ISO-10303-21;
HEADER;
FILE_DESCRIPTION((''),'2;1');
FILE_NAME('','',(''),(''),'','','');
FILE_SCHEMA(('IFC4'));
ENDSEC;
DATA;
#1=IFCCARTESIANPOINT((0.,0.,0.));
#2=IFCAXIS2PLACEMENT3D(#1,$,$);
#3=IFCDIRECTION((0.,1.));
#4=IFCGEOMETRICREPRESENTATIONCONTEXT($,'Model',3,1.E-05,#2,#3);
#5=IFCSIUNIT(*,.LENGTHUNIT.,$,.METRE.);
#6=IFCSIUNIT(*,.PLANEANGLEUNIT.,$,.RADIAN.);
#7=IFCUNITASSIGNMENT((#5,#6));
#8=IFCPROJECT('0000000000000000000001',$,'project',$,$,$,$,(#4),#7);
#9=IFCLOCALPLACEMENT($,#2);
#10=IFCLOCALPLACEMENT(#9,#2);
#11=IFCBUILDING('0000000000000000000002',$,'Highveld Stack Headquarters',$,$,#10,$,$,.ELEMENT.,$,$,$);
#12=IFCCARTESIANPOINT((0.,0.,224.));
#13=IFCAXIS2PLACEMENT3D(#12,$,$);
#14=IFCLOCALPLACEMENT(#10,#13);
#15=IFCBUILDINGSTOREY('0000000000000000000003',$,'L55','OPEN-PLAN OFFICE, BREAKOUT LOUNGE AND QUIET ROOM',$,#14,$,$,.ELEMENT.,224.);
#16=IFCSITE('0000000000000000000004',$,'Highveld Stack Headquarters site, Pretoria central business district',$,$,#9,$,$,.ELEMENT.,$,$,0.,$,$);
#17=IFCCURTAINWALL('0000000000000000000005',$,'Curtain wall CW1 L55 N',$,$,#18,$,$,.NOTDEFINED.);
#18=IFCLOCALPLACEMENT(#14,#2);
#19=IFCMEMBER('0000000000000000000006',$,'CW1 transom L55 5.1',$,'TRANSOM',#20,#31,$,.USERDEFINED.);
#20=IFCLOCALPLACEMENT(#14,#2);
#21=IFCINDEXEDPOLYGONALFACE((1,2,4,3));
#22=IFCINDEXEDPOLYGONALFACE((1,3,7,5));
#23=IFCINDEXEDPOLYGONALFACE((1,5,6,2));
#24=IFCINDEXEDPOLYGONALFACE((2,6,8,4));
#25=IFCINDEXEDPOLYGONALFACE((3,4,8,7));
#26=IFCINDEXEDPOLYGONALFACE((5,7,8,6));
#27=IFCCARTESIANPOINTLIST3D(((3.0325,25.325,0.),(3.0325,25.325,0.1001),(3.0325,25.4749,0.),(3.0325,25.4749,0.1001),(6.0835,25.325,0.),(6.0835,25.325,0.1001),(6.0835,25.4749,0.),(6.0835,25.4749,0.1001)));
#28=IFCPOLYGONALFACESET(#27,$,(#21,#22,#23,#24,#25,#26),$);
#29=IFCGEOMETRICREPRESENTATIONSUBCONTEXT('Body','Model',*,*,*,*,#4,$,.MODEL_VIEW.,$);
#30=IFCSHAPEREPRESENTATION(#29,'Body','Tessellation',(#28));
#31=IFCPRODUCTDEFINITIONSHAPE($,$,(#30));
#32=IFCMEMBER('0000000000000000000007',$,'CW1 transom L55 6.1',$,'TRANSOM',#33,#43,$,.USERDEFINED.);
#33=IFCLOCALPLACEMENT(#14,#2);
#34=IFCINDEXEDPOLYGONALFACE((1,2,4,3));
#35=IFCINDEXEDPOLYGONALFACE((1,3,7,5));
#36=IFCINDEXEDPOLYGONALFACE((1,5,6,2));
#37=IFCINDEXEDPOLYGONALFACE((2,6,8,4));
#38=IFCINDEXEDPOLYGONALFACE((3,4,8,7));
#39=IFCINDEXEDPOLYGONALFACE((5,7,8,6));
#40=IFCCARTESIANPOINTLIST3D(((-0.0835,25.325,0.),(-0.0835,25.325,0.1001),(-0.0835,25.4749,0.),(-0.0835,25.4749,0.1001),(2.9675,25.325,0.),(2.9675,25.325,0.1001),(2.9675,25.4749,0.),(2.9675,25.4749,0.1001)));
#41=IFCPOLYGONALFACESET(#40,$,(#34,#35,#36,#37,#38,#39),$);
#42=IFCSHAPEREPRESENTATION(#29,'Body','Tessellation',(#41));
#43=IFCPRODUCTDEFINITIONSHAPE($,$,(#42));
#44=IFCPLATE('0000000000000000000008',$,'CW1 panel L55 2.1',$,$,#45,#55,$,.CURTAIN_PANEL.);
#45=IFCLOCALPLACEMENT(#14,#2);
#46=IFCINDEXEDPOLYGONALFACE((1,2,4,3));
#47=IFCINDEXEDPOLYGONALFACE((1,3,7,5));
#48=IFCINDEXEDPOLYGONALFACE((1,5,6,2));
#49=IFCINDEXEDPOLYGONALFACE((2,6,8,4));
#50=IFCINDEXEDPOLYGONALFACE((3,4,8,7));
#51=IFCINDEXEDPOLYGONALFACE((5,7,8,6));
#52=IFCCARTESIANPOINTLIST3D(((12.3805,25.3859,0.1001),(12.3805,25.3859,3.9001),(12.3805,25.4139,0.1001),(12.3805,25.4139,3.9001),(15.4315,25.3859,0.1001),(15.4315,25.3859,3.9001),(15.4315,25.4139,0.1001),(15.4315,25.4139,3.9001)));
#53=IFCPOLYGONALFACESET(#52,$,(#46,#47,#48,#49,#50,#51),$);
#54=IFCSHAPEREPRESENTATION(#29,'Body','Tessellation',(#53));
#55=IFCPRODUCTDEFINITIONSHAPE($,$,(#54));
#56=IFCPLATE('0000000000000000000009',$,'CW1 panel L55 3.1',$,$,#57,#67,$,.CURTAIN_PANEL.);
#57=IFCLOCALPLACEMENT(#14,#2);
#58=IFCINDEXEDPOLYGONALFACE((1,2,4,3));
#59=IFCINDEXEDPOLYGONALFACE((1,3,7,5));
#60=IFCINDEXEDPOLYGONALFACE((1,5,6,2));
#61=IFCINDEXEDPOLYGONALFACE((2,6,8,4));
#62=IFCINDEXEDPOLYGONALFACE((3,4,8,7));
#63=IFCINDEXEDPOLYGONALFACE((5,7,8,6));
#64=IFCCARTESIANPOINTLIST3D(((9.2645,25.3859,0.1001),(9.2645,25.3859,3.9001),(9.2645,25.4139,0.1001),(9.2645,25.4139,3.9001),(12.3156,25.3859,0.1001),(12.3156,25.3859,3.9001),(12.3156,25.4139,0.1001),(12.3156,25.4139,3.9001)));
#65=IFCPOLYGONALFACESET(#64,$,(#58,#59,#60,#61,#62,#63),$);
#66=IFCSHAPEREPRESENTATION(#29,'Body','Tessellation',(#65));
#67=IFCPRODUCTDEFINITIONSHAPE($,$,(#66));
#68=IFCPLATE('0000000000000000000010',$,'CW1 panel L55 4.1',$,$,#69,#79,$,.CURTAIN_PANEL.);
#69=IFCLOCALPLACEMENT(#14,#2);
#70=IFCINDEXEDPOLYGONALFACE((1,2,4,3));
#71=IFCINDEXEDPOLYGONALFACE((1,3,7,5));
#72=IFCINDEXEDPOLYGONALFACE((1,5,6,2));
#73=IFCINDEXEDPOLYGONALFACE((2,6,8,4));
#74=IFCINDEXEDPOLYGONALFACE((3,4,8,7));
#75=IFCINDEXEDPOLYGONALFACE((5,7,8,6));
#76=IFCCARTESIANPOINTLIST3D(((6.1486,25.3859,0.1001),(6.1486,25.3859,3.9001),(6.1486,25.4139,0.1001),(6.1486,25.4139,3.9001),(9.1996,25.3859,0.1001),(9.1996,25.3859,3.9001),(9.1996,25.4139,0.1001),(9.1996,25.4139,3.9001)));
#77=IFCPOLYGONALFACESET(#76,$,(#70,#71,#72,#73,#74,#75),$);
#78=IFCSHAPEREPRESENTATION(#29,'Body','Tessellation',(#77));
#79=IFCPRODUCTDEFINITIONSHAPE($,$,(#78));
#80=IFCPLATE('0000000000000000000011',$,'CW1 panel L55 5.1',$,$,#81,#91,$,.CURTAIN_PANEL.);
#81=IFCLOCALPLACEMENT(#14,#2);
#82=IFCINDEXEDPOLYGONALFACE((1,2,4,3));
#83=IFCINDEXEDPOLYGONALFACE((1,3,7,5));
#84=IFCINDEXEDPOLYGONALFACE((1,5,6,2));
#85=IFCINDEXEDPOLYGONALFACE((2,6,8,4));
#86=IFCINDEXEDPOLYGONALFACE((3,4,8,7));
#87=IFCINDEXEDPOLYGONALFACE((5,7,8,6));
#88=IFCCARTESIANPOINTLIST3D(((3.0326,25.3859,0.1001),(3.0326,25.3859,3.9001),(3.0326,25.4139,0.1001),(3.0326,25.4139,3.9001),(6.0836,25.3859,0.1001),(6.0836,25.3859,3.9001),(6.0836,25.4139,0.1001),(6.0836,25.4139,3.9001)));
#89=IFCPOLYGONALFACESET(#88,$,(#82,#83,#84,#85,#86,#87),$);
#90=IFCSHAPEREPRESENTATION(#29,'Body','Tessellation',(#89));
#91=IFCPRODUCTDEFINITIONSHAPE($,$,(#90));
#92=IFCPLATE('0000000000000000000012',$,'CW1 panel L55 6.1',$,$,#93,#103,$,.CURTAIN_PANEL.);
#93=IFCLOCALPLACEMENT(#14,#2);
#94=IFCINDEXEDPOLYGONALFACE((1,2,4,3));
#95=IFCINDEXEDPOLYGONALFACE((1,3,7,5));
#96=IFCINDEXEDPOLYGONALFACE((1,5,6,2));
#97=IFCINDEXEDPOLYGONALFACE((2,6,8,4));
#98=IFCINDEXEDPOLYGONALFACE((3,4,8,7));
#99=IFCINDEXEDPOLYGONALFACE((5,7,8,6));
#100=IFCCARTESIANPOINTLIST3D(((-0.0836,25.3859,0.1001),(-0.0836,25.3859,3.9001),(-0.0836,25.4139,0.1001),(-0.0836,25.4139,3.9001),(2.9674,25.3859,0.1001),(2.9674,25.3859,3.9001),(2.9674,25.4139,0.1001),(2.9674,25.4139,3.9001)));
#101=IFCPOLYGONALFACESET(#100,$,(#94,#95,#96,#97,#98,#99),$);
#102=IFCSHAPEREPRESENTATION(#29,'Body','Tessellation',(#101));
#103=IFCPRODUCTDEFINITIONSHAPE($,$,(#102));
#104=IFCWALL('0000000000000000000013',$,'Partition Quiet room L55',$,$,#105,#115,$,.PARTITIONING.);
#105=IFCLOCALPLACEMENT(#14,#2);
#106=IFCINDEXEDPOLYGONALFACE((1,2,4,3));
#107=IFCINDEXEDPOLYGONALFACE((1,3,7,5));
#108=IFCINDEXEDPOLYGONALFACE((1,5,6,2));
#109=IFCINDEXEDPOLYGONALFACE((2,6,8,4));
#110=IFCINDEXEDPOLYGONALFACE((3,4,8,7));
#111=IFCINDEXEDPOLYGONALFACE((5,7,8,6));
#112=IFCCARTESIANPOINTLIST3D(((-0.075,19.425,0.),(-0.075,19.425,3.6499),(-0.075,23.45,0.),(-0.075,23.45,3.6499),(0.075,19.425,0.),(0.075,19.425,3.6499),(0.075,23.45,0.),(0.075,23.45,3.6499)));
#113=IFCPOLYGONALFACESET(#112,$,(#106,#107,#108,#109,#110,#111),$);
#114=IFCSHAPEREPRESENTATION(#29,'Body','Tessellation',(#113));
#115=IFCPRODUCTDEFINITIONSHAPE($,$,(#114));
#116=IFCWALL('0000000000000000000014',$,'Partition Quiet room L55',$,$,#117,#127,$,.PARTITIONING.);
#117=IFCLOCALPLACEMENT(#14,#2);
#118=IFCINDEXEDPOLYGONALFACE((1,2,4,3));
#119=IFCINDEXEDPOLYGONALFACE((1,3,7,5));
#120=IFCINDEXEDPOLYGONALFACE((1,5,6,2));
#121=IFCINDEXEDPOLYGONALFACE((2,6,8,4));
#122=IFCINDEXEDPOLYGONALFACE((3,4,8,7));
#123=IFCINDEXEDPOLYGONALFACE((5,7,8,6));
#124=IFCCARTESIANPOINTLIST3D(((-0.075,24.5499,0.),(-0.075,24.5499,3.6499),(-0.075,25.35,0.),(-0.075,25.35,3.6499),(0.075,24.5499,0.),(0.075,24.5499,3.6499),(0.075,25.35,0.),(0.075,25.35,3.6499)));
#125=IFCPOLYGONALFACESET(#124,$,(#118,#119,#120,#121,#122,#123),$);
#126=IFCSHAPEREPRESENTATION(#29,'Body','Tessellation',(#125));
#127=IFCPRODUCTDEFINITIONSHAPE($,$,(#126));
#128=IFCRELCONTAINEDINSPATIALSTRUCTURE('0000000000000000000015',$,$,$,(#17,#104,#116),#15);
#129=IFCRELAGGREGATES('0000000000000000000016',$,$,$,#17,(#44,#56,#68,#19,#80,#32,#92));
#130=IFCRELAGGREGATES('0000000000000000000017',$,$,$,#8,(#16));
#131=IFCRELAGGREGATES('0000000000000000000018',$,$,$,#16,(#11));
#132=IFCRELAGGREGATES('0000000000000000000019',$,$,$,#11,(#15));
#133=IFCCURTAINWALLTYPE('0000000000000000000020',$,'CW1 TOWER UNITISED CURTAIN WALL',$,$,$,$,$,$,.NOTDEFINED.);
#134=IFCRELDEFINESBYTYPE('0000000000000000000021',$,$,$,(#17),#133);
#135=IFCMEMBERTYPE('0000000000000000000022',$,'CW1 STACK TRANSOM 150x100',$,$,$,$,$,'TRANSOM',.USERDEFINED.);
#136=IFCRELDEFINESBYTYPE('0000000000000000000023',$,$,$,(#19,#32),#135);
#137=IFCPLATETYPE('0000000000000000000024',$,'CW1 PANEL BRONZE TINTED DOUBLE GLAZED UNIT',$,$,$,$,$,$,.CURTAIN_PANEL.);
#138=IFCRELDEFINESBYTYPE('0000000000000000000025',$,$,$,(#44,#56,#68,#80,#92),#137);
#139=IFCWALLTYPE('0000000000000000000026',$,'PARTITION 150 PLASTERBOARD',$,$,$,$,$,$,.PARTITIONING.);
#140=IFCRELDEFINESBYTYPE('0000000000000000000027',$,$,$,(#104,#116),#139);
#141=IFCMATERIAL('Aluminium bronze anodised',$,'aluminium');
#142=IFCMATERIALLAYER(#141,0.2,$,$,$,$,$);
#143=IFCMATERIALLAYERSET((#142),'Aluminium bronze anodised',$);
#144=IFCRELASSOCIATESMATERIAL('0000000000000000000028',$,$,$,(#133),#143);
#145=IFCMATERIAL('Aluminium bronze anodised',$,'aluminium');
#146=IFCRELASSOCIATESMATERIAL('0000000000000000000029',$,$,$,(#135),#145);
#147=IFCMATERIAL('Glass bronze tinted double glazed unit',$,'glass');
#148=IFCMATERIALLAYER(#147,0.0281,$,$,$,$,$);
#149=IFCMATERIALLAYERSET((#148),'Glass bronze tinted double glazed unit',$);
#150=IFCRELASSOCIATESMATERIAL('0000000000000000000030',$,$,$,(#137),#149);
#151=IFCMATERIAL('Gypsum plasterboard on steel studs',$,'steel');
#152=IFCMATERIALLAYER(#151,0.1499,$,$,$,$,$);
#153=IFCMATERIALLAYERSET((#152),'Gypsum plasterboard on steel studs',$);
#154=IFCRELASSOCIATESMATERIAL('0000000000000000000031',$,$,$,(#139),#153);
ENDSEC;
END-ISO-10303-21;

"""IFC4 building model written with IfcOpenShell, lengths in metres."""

from ifc_helpers import new_model, si_unit, direction, frame, frame_2d, origin, origin_2d, place, context, subcontext, project, spatial, rectangle, extrude, material, layer, layer_set, material_profile, profile_set, type_object, element, aggregate, save


model = new_model("IFC4")

# Units and contexts
model_context = context("Model", 3, precision=1e-05, world=origin(), true_north=direction((0.0, 1.0)))
body_context = subcontext(model_context, "Body", "Model", "MODEL_VIEW")
ifc_project = project(units=[si_unit("LENGTHUNIT", "METRE"), si_unit("PLANEANGLEUNIT", "RADIAN")], contexts=[model_context])

# Site, building, storey
site_placement = place(None, origin())
site = spatial("IfcSite", under=ifc_project, at=site_placement, Name="Highveld Stack Headquarters site, Pretoria central business district", CompositionType="ELEMENT", RefElevation=0.0)
building_placement = place(site_placement, origin())
building = spatial("IfcBuilding", under=site, at=building_placement, Name="Highveld Stack Headquarters", CompositionType="ELEMENT")
storey_placement = place(building_placement, frame((0.0, 0.0, 224.0)))
storey = spatial("IfcBuildingStorey", under=building, at=storey_placement, Name="L55", Description="OPEN-PLAN OFFICE, BREAKOUT LOUNGE AND QUIET ROOM", CompositionType="ELEMENT", Elevation=224.0)

# Curtain wall, members, plates
ifc_material_1 = material(Name="Aluminium bronze anodised", Category="aluminium")
ifc_layer_1 = layer(ifc_material_1, 0.2)
ifc_layer_set_1 = layer_set([ifc_layer_1], Name="Aluminium bronze anodised")
curtain_wall_type = type_object("IfcCurtainWallType", Name="CW1 TOWER UNITISED CURTAIN WALL", PredefinedType="NOTDEFINED", material=ifc_layer_set_1)
curtain_wall_placement = place(storey_placement, origin())
curtain_wall = element("IfcCurtainWall", 1, at=curtain_wall_placement, inside=storey, type_object=curtain_wall_type, Name="Curtain wall CW1 L55 N", PredefinedType="NOTDEFINED")
ifc_material_2 = material(Name="Aluminium bronze anodised", Category="aluminium")
ifc_material_profile_1 = material_profile(ifc_material_2, rectangle(XDim=0.1499, YDim=0.1001, at=origin_2d()), Name="CW1 TRANSOM 150x100")
ifc_profile_set_1 = profile_set([ifc_material_profile_1], Name="Aluminium bronze anodised")
member_type_1 = type_object("IfcMemberType", Name="CW1 STACK TRANSOM 150x100", ElementType="TRANSOM", PredefinedType="USERDEFINED", material=ifc_profile_set_1)
member_1_placement = place(storey_placement, frame((6.0835, 25.3999, 0.05), z_axis=(-1.0, 0.0, 0.0), x_axis=(0.0, -1.0, 0.0)))
member_1 = element("IfcMember", 2, at=member_1_placement, type_object=member_type_1, Name="CW1 transom L55 5.1", ObjectType="TRANSOM", PredefinedType="USERDEFINED", context=body_context, shape_type="SweptSolid", body=[
    extrude(rectangle(XDim=0.1499, YDim=0.1001, at=origin_2d()), origin(), (0.0, 0.0, 1.0), 3.051),
])
member_2_placement = place(storey_placement, frame((2.9675, 25.3999, 0.05), z_axis=(-1.0, 0.0, 0.0), x_axis=(0.0, -1.0, 0.0)))
member_2 = element("IfcMember", 3, at=member_2_placement, type_object=member_type_1, Name="CW1 transom L55 6.1", ObjectType="TRANSOM", PredefinedType="USERDEFINED", context=body_context, shape_type="SweptSolid", body=[
    extrude(rectangle(XDim=0.1499, YDim=0.1001, at=origin_2d()), origin(), (0.0, 0.0, 1.0), 3.051),
])
ifc_material_3 = material(Name="Glass bronze tinted double glazed unit", Category="glass")
ifc_layer_2 = layer(ifc_material_3, 0.0281)
ifc_layer_set_2 = layer_set([ifc_layer_2], Name="Glass bronze tinted double glazed unit")
plate_type = type_object("IfcPlateType", Name="CW1 PANEL BRONZE TINTED DOUBLE GLAZED UNIT", PredefinedType="CURTAIN_PANEL", material=ifc_layer_set_2)
plate_1_placement = place(storey_placement, frame((13.906, 25.3999, 0.1001), z_axis=(0.0, 0.0, 1.0), x_axis=(-1.0, 0.0, 0.0)))
plate_1 = element("IfcPlate", 4, at=plate_1_placement, type_object=plate_type, Name="CW1 panel L55 2.1", PredefinedType="CURTAIN_PANEL", context=body_context, shape_type="SweptSolid", body=[
    extrude(rectangle(XDim=3.051, YDim=0.0281, at=origin_2d()), origin(), (0.0, 0.0, 1.0), 3.8),
])
plate_2_placement = place(storey_placement, frame((10.79, 25.3999, 0.1001), z_axis=(0.0, 0.0, 1.0), x_axis=(-1.0, 0.0, 0.0)))
plate_2 = element("IfcPlate", 5, at=plate_2_placement, type_object=plate_type, Name="CW1 panel L55 3.1", PredefinedType="CURTAIN_PANEL", context=body_context, shape_type="SweptSolid", body=[
    extrude(rectangle(XDim=3.051, YDim=0.0281, at=origin_2d()), origin(), (0.0, 0.0, 1.0), 3.8),
])
plate_3_placement = place(storey_placement, frame((7.6741, 25.3999, 0.1001), z_axis=(0.0, 0.0, 1.0), x_axis=(-1.0, 0.0, 0.0)))
plate_3 = element("IfcPlate", 6, at=plate_3_placement, type_object=plate_type, Name="CW1 panel L55 4.1", PredefinedType="CURTAIN_PANEL", context=body_context, shape_type="SweptSolid", body=[
    extrude(rectangle(XDim=3.051, YDim=0.0281, at=origin_2d()), origin(), (0.0, 0.0, 1.0), 3.8),
])
plate_4_placement = place(storey_placement, frame((4.5581, 25.3999, 0.1001), z_axis=(0.0, 0.0, 1.0), x_axis=(-1.0, 0.0, 0.0)))
plate_4 = element("IfcPlate", 7, at=plate_4_placement, type_object=plate_type, Name="CW1 panel L55 5.1", PredefinedType="CURTAIN_PANEL", context=body_context, shape_type="SweptSolid", body=[
    extrude(rectangle(XDim=3.051, YDim=0.0281, at=origin_2d()), origin(), (0.0, 0.0, 1.0), 3.8),
])
plate_5_placement = place(storey_placement, frame((1.4419, 25.3999, 0.1001), z_axis=(0.0, 0.0, 1.0), x_axis=(-1.0, 0.0, 0.0)))
plate_5 = element("IfcPlate", 8, at=plate_5_placement, type_object=plate_type, Name="CW1 panel L55 6.1", PredefinedType="CURTAIN_PANEL", context=body_context, shape_type="SweptSolid", body=[
    extrude(rectangle(XDim=3.051, YDim=0.0281, at=origin_2d()), origin(), (0.0, 0.0, 1.0), 3.8),
])
aggregate(curtain_wall, [plate_1, plate_2, plate_3, member_1, plate_4, member_2, plate_5])

# Walls
ifc_material_4 = material(Name="Gypsum plasterboard on steel studs", Category="steel")
ifc_layer_3 = layer(ifc_material_4, 0.1499)
ifc_layer_set_3 = layer_set([ifc_layer_3], Name="Gypsum plasterboard on steel studs")
wall_type = type_object("IfcWallType", Name="PARTITION 150 PLASTERBOARD", PredefinedType="PARTITIONING", material=ifc_layer_set_3)
wall_1_placement = place(storey_placement, frame((0.0, 19.425, 0.0), z_axis=(0.0, 0.0, 1.0), x_axis=(0.0, 1.0, 0.0)))
element("IfcWall", 9, at=wall_1_placement, inside=storey, type_object=wall_type, Name="Partition Quiet room L55", PredefinedType="PARTITIONING", context=body_context, shape_type="SweptSolid", body=[
    extrude(rectangle(XDim=4.0249, YDim=0.1499, at=frame_2d((2.0125, 0.0))), origin(), (0.0, 0.0, 1.0), 3.6499),
])
wall_2_placement = place(storey_placement, frame((0.0, 24.55, 0.0), z_axis=(0.0, 0.0, 1.0), x_axis=(0.0, 1.0, 0.0)))
element("IfcWall", 10, at=wall_2_placement, inside=storey, type_object=wall_type, Name="Partition Quiet room L55", PredefinedType="PARTITIONING", context=body_context, shape_type="SweptSolid", body=[
    extrude(rectangle(XDim=0.8, YDim=0.1499, at=frame_2d((0.3999, 0.0))), origin(), (0.0, 0.0, 1.0), 3.6499),
])

save(model, "model.ifc")
